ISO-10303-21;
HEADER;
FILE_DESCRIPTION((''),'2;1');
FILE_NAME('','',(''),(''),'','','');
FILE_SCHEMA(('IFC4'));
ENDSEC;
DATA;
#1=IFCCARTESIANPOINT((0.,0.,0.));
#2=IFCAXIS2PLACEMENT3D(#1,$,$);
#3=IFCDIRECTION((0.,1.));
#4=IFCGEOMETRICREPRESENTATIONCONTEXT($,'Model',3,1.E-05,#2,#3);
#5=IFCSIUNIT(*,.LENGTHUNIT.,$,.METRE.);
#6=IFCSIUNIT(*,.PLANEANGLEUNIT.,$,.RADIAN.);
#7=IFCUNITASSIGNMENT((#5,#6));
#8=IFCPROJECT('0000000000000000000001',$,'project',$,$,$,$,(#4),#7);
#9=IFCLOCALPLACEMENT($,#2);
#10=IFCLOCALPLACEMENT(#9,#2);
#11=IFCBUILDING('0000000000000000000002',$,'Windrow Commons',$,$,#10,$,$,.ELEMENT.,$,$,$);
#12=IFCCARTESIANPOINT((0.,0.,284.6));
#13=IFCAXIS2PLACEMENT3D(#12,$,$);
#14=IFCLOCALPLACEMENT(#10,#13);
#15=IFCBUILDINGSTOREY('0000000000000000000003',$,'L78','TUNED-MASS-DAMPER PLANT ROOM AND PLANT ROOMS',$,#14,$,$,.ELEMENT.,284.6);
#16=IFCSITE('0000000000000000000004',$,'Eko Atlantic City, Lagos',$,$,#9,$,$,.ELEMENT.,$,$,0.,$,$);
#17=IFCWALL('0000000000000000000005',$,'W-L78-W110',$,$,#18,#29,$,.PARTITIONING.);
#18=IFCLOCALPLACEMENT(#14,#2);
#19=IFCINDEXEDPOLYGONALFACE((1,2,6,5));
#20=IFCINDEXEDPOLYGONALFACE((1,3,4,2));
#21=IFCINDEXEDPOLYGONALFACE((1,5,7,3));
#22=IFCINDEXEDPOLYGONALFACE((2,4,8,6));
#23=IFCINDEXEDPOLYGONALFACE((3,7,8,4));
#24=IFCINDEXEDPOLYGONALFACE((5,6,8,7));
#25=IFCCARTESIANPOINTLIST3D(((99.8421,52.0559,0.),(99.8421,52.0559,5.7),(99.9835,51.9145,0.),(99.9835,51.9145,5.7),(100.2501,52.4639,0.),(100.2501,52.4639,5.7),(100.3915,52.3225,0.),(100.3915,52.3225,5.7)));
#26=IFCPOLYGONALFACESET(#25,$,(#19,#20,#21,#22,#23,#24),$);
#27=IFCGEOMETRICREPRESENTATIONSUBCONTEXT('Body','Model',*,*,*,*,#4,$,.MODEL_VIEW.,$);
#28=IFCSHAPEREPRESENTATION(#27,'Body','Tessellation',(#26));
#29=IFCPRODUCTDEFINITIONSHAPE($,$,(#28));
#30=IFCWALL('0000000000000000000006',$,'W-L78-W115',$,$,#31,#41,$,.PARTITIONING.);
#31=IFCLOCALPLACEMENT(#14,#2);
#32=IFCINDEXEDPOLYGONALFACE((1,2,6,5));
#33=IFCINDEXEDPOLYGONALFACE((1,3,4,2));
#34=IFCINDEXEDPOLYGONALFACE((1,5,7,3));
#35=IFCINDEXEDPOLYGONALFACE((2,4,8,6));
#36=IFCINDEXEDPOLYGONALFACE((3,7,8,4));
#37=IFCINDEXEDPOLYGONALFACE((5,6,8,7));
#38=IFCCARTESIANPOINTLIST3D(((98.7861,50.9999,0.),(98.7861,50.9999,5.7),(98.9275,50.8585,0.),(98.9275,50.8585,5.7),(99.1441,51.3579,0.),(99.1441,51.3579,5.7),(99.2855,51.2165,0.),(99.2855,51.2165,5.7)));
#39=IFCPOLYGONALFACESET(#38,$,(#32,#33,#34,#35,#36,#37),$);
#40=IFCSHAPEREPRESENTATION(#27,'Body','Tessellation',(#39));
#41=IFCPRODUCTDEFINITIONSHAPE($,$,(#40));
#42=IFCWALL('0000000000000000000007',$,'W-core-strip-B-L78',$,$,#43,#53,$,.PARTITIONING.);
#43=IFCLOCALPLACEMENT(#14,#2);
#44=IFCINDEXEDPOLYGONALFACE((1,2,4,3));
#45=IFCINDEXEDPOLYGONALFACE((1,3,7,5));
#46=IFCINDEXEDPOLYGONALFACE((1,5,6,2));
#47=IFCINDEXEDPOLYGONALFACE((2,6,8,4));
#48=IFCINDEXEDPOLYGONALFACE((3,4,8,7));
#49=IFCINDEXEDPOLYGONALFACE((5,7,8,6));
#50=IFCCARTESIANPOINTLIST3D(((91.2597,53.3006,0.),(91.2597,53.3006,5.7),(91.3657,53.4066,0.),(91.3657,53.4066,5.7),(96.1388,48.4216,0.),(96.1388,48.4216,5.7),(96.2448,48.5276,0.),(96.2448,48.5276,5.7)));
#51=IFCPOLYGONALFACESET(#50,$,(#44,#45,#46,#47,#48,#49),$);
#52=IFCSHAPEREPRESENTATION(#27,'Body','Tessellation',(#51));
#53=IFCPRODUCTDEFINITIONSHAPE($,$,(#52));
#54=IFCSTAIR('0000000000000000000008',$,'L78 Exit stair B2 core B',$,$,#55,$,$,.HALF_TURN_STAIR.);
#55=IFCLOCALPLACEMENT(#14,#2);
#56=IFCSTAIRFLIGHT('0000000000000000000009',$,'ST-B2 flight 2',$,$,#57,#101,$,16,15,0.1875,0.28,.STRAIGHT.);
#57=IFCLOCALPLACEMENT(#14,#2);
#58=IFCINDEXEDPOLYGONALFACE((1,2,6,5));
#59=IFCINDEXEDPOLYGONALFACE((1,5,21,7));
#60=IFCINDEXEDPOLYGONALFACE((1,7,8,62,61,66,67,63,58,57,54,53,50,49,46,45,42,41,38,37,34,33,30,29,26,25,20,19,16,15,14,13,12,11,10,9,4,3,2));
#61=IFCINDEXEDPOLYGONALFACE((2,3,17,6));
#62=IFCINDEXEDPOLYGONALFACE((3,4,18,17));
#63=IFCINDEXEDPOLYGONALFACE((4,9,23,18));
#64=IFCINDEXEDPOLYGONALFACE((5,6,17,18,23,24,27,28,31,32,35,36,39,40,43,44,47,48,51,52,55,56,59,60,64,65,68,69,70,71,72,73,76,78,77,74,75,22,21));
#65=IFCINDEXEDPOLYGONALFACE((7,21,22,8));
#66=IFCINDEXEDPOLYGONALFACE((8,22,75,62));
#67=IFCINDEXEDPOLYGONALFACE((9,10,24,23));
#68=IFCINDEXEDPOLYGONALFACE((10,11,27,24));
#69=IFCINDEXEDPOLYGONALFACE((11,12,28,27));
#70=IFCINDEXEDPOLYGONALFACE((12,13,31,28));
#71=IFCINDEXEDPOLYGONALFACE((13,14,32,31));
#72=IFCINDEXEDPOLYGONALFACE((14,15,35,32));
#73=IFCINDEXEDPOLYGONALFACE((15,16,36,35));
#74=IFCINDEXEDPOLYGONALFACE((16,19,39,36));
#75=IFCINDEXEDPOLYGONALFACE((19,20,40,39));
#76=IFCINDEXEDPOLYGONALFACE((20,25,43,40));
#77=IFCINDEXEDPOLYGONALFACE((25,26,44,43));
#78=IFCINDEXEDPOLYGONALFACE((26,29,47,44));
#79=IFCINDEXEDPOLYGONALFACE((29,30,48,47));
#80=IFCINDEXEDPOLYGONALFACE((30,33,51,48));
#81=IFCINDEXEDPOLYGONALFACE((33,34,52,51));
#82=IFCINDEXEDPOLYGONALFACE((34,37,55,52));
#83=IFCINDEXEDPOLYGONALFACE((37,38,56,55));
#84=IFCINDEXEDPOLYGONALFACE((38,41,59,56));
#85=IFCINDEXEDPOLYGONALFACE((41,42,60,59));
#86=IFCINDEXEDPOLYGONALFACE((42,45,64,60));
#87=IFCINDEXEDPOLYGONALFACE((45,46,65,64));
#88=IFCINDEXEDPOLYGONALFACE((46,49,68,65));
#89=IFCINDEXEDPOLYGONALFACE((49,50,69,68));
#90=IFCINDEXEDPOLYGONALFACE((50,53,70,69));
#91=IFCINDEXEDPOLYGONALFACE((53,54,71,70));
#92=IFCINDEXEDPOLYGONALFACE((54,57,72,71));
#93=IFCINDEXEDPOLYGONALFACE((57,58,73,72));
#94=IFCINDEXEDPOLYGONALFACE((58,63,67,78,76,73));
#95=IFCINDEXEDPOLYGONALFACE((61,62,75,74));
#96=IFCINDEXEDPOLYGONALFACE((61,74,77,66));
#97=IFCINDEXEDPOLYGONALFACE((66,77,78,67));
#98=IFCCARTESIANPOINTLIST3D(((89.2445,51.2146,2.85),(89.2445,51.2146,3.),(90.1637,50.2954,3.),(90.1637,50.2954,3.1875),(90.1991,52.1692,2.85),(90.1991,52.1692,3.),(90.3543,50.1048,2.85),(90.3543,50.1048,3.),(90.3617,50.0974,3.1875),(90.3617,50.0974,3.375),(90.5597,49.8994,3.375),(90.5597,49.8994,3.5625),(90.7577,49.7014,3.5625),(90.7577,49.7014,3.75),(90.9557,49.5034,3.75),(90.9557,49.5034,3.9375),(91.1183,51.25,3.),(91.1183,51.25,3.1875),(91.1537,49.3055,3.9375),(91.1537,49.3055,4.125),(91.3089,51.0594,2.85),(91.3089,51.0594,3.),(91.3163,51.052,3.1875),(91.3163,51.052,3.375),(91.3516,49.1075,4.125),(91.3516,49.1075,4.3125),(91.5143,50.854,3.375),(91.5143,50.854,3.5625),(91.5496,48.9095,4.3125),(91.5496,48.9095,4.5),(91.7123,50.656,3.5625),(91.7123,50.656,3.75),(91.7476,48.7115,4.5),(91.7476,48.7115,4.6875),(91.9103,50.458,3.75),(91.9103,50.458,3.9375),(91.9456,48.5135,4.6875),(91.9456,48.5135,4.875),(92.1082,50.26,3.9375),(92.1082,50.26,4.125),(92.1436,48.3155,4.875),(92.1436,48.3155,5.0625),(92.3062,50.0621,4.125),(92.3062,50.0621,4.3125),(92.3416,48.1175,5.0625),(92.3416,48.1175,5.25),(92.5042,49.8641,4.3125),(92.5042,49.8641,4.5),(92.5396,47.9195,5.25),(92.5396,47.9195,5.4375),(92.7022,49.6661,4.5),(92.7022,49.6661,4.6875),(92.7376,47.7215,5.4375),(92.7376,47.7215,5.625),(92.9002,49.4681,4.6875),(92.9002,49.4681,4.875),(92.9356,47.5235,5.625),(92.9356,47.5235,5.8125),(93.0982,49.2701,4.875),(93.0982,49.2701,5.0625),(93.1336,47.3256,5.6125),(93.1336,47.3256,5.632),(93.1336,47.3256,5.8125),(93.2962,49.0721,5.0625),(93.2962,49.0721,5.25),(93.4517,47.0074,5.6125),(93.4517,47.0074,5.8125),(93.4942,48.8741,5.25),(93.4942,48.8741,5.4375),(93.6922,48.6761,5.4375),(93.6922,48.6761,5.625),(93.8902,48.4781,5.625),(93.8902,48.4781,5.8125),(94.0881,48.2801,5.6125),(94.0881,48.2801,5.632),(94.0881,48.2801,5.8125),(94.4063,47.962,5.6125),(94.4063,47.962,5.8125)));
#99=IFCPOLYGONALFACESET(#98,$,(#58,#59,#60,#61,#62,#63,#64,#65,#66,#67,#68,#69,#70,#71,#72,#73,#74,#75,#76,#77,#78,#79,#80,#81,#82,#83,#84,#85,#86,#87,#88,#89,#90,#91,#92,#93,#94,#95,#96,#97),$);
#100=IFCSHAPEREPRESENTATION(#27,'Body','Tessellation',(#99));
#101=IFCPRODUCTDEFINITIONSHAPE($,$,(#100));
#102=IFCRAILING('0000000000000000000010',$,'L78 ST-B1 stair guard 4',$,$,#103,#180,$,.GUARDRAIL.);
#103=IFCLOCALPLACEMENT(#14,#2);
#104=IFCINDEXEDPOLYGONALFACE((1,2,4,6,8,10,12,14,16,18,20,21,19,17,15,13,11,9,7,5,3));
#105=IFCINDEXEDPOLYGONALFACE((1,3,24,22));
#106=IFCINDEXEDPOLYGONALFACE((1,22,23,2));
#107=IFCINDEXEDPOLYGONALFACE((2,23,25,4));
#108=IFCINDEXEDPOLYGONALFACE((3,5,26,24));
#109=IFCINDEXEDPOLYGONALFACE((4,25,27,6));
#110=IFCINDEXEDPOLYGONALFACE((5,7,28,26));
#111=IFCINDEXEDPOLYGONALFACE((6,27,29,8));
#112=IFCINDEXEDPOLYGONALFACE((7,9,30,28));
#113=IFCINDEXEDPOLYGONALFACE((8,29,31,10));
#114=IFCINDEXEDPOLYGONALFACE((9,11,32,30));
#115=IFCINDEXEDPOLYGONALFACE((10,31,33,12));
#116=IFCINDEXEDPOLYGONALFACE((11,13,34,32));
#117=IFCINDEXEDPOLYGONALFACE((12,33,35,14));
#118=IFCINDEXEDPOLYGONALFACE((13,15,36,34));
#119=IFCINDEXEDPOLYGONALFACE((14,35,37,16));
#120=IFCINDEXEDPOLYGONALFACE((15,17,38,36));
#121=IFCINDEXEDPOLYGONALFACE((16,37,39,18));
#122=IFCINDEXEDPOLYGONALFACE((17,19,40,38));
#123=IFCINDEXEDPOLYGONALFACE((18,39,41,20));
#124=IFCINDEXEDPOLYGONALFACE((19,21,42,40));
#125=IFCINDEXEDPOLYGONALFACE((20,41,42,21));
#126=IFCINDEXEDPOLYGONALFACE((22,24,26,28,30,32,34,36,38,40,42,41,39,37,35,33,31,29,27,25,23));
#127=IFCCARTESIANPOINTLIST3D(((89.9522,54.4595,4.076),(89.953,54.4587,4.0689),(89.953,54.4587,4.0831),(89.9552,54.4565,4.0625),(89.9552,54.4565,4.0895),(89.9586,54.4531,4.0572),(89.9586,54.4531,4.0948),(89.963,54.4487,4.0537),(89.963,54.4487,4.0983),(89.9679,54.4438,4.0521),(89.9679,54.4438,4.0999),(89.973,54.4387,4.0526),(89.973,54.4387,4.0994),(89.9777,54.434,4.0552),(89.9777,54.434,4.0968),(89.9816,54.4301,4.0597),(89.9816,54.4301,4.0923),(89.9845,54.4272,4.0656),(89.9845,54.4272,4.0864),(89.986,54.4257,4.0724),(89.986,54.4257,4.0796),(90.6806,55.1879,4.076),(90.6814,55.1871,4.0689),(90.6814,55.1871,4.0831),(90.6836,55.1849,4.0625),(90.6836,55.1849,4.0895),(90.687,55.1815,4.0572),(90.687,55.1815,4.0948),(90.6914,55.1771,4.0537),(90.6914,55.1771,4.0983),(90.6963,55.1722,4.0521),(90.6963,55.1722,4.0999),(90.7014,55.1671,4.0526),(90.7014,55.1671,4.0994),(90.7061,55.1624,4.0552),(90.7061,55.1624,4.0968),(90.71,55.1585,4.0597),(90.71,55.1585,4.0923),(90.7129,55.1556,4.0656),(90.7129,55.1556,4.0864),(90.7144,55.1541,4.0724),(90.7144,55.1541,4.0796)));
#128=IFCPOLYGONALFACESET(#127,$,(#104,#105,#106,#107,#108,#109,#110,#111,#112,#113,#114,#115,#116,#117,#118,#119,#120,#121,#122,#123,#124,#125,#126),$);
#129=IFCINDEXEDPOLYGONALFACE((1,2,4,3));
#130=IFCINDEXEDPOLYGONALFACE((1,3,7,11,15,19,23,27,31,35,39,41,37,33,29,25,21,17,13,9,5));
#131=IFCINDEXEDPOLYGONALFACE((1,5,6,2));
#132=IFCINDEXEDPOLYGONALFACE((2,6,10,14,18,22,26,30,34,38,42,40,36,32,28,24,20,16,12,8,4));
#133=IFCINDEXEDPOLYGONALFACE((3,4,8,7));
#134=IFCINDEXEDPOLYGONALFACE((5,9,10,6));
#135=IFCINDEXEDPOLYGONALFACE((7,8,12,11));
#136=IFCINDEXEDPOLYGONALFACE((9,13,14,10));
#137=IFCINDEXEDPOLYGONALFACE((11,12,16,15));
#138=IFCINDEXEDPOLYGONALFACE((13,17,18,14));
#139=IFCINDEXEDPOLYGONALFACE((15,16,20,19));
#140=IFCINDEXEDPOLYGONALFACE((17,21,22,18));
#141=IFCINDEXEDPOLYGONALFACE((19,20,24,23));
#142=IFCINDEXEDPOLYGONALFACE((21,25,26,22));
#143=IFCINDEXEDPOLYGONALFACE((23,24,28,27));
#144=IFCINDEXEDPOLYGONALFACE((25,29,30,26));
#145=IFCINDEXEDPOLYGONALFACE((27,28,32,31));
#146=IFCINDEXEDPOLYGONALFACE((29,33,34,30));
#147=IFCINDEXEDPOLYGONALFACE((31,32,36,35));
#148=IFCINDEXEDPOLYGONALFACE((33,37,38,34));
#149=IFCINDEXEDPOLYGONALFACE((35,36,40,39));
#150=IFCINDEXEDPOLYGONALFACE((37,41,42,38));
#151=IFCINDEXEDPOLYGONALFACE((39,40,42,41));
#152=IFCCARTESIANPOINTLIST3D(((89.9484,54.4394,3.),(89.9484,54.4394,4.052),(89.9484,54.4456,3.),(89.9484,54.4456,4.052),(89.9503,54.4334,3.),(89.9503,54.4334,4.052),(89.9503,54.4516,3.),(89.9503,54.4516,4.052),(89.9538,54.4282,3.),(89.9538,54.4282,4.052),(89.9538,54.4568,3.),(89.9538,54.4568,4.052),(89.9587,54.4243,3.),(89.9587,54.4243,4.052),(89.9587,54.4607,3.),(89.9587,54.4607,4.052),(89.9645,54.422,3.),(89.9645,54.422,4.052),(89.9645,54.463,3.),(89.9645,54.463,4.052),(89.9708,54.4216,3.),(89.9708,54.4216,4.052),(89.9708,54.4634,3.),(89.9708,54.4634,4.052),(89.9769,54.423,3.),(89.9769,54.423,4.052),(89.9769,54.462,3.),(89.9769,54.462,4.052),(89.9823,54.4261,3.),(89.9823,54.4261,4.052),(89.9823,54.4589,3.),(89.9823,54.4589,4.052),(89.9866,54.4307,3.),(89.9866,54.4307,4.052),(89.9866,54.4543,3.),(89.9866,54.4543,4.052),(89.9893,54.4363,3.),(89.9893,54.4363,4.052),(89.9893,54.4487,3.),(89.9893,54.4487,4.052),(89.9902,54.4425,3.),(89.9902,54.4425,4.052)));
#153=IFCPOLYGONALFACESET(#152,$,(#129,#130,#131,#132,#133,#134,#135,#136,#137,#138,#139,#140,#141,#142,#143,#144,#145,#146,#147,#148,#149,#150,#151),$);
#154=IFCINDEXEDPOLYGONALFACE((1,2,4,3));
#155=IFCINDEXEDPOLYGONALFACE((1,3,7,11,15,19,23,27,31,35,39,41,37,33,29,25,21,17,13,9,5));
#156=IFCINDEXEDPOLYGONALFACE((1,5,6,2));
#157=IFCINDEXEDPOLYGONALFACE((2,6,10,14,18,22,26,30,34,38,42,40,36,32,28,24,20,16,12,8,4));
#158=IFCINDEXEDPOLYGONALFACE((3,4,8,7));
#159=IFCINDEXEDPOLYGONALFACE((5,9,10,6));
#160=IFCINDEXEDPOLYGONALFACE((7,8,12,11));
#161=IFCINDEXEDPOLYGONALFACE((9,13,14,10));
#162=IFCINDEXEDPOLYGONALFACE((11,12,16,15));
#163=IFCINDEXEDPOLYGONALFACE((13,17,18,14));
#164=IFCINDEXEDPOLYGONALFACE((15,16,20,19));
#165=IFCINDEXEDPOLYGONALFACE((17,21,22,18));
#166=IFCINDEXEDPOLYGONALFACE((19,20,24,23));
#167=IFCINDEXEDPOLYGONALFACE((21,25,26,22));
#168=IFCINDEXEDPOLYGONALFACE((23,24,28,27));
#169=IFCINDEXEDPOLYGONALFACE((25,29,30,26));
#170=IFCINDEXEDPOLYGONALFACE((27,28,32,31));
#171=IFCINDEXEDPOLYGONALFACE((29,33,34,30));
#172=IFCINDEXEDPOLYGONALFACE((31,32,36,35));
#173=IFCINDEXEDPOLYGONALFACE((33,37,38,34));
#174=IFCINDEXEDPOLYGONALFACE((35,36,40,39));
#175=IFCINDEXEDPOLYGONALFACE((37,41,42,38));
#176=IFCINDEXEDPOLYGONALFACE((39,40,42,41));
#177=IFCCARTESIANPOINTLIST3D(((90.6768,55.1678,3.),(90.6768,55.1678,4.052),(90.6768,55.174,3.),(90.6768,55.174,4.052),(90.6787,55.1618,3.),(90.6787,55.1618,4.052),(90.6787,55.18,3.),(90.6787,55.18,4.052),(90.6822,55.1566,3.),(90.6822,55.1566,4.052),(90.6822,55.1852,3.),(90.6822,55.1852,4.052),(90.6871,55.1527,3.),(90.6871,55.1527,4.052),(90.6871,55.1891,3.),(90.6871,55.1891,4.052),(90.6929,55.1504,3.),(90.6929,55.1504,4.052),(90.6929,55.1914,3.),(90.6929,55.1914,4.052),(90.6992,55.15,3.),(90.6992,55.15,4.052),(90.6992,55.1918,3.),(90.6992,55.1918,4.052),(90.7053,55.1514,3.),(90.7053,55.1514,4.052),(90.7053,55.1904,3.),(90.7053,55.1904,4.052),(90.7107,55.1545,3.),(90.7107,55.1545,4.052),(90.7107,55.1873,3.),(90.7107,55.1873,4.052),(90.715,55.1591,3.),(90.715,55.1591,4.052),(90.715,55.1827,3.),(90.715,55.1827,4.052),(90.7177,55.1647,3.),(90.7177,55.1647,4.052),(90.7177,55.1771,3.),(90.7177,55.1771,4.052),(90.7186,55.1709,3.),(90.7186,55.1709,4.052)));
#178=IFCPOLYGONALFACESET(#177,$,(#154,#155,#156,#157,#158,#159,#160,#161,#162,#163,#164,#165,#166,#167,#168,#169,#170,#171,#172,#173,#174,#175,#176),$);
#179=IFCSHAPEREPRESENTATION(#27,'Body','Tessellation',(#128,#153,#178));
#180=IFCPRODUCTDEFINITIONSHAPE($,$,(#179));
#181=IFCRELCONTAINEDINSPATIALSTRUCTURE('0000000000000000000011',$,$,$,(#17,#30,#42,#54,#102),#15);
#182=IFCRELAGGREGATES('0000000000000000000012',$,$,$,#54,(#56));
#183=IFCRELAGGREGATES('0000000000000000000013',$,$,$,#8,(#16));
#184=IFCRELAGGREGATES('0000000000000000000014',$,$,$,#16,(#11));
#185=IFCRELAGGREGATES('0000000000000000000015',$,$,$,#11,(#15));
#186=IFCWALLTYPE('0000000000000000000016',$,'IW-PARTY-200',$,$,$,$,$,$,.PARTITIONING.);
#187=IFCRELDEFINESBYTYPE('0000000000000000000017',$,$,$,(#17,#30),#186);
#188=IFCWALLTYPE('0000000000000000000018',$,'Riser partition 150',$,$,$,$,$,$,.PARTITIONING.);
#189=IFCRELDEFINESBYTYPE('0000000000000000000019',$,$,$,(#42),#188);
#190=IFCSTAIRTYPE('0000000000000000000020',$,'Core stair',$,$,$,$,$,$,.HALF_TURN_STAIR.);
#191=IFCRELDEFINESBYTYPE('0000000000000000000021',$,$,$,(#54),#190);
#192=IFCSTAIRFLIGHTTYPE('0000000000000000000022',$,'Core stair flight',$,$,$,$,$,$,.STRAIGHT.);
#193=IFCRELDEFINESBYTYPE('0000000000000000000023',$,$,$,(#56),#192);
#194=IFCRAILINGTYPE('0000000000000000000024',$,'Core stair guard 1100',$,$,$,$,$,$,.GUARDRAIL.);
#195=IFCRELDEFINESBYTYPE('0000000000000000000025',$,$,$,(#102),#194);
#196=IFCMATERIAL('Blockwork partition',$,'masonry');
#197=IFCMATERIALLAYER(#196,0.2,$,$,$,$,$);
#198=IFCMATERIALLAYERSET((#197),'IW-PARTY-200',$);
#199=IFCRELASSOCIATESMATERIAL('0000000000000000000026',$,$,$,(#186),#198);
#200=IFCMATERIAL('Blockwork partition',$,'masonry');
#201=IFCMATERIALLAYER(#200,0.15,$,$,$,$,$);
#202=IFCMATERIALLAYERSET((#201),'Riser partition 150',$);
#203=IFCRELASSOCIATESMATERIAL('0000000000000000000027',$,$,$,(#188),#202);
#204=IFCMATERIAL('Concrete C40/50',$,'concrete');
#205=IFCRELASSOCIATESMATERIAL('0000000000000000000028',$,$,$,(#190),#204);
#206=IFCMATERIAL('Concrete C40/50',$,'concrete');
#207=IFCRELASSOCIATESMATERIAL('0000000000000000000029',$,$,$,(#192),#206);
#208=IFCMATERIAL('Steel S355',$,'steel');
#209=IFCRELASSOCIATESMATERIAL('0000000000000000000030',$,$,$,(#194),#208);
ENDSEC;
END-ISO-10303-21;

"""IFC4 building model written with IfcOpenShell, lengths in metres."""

from ifc_helpers import new_model, si_unit, direction, frame, frame_2d, origin, origin_2d, place, context, subcontext, project, spatial, polyline, rectangle, circle, outline, extrude, material, layer, layer_set, type_object, element, aggregate, save


model = new_model("IFC4")

# Units and contexts
model_context = context("Model", 3, precision=1e-05, world=origin(), true_north=direction((0.0, 1.0)))
body_context = subcontext(model_context, "Body", "Model", "MODEL_VIEW")
ifc_project = project(units=[si_unit("LENGTHUNIT", "METRE"), si_unit("PLANEANGLEUNIT", "RADIAN")], contexts=[model_context])

# Site, building, storey
site_placement = place(None, origin())
site = spatial("IfcSite", under=ifc_project, at=site_placement, Name="Eko Atlantic City, Lagos", CompositionType="ELEMENT", RefElevation=0.0)
building_placement = place(site_placement, origin())
building = spatial("IfcBuilding", under=site, at=building_placement, Name="Windrow Commons", CompositionType="ELEMENT")
storey_placement = place(building_placement, frame((0.0, 0.0, 284.6)))
storey = spatial("IfcBuildingStorey", under=building, at=storey_placement, Name="L78", Description="TUNED-MASS-DAMPER PLANT ROOM AND PLANT ROOMS", CompositionType="ELEMENT", Elevation=284.6)

# Shared definitions
placement = place(storey_placement, origin())

# Walls
ifc_material_1 = material(Name="Blockwork partition", Category="masonry")
ifc_layer_1 = layer(ifc_material_1, 0.2)
ifc_layer_set_1 = layer_set([ifc_layer_1], Name="IW-PARTY-200")
wall_type_1 = type_object("IfcWallType", Name="IW-PARTY-200", PredefinedType="PARTITIONING", material=ifc_layer_set_1)
wall_1_placement = place(storey_placement, frame((99.9128, 51.9852, 0.0), z_axis=(0.0, 0.0, 1.0), x_axis=(0.707107, 0.707107, 0.0)))
element("IfcWall", 1, at=wall_1_placement, inside=storey, type_object=wall_type_1, Name="W-L78-W110", PredefinedType="PARTITIONING", context=body_context, shape_type="SweptSolid", body=[
    extrude(rectangle(XDim=0.577, YDim=0.2, at=frame_2d((0.2885, 0.0))), origin(), (0.0, 0.0, 1.0), 5.7),
])
wall_2_placement = place(storey_placement, frame((98.8568, 50.9292, 0.0), z_axis=(0.0, 0.0, 1.0), x_axis=(0.707107, 0.707107, 0.0)))
element("IfcWall", 2, at=wall_2_placement, inside=storey, type_object=wall_type_1, Name="W-L78-W115", PredefinedType="PARTITIONING", context=body_context, shape_type="SweptSolid", body=[
    extrude(rectangle(XDim=0.5063, YDim=0.2, at=frame_2d((0.2531, 0.0))), origin(), (0.0, 0.0, 1.0), 5.7),
])
ifc_material_2 = material(Name="Blockwork partition", Category="masonry")
ifc_layer_2 = layer(ifc_material_2, 0.15)
ifc_layer_set_2 = layer_set([ifc_layer_2], Name="Riser partition 150")
wall_type_2 = type_object("IfcWallType", Name="Riser partition 150", PredefinedType="PARTITIONING", material=ifc_layer_set_2)
wall_3_placement = place(storey_placement, frame((91.3127, 53.3536, 0.0), z_axis=(0.0, 0.0, 1.0), x_axis=(0.707114, -0.7071, 0.0)))
element("IfcWall", 3, at=wall_3_placement, inside=storey, type_object=wall_type_2, Name="W-core-strip-B-L78", PredefinedType="PARTITIONING", context=body_context, shape_type="SweptSolid", body=[
    extrude(rectangle(XDim=6.9, YDim=0.15, at=frame_2d((3.45, 0.0))), origin(), (0.0, 0.0, 1.0), 5.7),
])

# Stair, stair flight
ifc_material_3 = material(Name="Concrete C40/50", Category="concrete")
stair_type = type_object("IfcStairType", Name="Core stair", PredefinedType="HALF_TURN_STAIR", material=ifc_material_3)
stair = element("IfcStair", 4, at=placement, inside=storey, type_object=stair_type, Name="L78 Exit stair B2 core B", PredefinedType="HALF_TURN_STAIR")
ifc_material_4 = material(Name="Concrete C40/50", Category="concrete")
stair_flight_type = type_object("IfcStairFlightType", Name="Core stair flight", PredefinedType="STRAIGHT", material=ifc_material_4)
stair_flight_placement = place(storey_placement, frame((90.641, 50.7727, 3.0), z_axis=(0.0, 0.0, 1.0), x_axis=(0.707107, -0.707107, 0.0)))
stair_flight = element("IfcStairFlight", 5, at=stair_flight_placement, type_object=stair_flight_type, Name="ST-B2 flight 2", NumberOfRisers=16, NumberOfTreads=15, PredefinedType="STRAIGHT", RiserHeight=0.1875, TreadLength=0.28, context=body_context, shape_type="SweptSolid", body=[
    extrude(outline(polyline([(-1.3, -0.15), (-1.3, 0.0), (0.0, 0.0), (0.0, 0.1875), (0.28, 0.1875), (0.28, 0.375), (0.56, 0.375), (0.56, 0.5625), (0.84, 0.5625), (0.84, 0.75), (1.12, 0.75), (1.12, 0.9375), (1.4, 0.9375), (1.4, 1.125), (1.68, 1.125), (1.68, 1.3125), (1.96, 1.3125), (1.96, 1.5), (2.24, 1.5), (2.24, 1.6875), (2.52, 1.6875), (2.52, 1.875), (2.8, 1.875), (2.8, 2.0625), (3.08, 2.0625), (3.08, 2.25), (3.36, 2.25), (3.36, 2.4375), (3.64, 2.4375), (3.64, 2.625), (3.92, 2.625), (3.92, 2.8125), (4.2, 2.8125), (4.65, 2.8125), (4.65, 2.6125), (4.2, 2.6125), (4.2, 2.632), (0.2696, 0.0), (0.2696, -0.15), (-1.3, -0.15)])), frame((0.0, 0.675, 0.0), z_axis=(0.0, -1.0, 0.0), x_axis=(1.0, 0.0, 0.0)), (0.0, 0.0, 1.0), 1.35),
])
aggregate(stair, [stair_flight])

# Railing
ifc_material_5 = material(Name="Steel S355", Category="steel")
railing_type_1 = type_object("IfcRailingType", Name="Core stair guard 1100", PredefinedType="GUARDRAIL", material=ifc_material_5)
railing_1_placement = place(storey_placement, frame((89.9692, 54.4425, 3.0)))
element("IfcRailing", 6, at=railing_1_placement, inside=storey, type_object=railing_type_1, Name="L78 ST-B1 stair guard 4", PredefinedType="GUARDRAIL", context=body_context, shape_type="SweptSolid", body=[
    extrude(circle(Radius=0.024, at=origin_2d()), frame((0.0, 0.0, 1.076), z_axis=(0.707107, 0.707107, 0.0), x_axis=(-0.707107, 0.707107, 0.0)), (0.0, 0.0, 1.0), 1.0301),
    extrude(circle(Radius=0.021, at=origin_2d()), origin(), (0.0, 0.0, 1.0), 1.052),
    extrude(circle(Radius=0.021, at=origin_2d()), frame((0.7284, 0.7284, 0.0)), (0.0, 0.0, 1.0), 1.052),
])

save(model, "model.ifc")
